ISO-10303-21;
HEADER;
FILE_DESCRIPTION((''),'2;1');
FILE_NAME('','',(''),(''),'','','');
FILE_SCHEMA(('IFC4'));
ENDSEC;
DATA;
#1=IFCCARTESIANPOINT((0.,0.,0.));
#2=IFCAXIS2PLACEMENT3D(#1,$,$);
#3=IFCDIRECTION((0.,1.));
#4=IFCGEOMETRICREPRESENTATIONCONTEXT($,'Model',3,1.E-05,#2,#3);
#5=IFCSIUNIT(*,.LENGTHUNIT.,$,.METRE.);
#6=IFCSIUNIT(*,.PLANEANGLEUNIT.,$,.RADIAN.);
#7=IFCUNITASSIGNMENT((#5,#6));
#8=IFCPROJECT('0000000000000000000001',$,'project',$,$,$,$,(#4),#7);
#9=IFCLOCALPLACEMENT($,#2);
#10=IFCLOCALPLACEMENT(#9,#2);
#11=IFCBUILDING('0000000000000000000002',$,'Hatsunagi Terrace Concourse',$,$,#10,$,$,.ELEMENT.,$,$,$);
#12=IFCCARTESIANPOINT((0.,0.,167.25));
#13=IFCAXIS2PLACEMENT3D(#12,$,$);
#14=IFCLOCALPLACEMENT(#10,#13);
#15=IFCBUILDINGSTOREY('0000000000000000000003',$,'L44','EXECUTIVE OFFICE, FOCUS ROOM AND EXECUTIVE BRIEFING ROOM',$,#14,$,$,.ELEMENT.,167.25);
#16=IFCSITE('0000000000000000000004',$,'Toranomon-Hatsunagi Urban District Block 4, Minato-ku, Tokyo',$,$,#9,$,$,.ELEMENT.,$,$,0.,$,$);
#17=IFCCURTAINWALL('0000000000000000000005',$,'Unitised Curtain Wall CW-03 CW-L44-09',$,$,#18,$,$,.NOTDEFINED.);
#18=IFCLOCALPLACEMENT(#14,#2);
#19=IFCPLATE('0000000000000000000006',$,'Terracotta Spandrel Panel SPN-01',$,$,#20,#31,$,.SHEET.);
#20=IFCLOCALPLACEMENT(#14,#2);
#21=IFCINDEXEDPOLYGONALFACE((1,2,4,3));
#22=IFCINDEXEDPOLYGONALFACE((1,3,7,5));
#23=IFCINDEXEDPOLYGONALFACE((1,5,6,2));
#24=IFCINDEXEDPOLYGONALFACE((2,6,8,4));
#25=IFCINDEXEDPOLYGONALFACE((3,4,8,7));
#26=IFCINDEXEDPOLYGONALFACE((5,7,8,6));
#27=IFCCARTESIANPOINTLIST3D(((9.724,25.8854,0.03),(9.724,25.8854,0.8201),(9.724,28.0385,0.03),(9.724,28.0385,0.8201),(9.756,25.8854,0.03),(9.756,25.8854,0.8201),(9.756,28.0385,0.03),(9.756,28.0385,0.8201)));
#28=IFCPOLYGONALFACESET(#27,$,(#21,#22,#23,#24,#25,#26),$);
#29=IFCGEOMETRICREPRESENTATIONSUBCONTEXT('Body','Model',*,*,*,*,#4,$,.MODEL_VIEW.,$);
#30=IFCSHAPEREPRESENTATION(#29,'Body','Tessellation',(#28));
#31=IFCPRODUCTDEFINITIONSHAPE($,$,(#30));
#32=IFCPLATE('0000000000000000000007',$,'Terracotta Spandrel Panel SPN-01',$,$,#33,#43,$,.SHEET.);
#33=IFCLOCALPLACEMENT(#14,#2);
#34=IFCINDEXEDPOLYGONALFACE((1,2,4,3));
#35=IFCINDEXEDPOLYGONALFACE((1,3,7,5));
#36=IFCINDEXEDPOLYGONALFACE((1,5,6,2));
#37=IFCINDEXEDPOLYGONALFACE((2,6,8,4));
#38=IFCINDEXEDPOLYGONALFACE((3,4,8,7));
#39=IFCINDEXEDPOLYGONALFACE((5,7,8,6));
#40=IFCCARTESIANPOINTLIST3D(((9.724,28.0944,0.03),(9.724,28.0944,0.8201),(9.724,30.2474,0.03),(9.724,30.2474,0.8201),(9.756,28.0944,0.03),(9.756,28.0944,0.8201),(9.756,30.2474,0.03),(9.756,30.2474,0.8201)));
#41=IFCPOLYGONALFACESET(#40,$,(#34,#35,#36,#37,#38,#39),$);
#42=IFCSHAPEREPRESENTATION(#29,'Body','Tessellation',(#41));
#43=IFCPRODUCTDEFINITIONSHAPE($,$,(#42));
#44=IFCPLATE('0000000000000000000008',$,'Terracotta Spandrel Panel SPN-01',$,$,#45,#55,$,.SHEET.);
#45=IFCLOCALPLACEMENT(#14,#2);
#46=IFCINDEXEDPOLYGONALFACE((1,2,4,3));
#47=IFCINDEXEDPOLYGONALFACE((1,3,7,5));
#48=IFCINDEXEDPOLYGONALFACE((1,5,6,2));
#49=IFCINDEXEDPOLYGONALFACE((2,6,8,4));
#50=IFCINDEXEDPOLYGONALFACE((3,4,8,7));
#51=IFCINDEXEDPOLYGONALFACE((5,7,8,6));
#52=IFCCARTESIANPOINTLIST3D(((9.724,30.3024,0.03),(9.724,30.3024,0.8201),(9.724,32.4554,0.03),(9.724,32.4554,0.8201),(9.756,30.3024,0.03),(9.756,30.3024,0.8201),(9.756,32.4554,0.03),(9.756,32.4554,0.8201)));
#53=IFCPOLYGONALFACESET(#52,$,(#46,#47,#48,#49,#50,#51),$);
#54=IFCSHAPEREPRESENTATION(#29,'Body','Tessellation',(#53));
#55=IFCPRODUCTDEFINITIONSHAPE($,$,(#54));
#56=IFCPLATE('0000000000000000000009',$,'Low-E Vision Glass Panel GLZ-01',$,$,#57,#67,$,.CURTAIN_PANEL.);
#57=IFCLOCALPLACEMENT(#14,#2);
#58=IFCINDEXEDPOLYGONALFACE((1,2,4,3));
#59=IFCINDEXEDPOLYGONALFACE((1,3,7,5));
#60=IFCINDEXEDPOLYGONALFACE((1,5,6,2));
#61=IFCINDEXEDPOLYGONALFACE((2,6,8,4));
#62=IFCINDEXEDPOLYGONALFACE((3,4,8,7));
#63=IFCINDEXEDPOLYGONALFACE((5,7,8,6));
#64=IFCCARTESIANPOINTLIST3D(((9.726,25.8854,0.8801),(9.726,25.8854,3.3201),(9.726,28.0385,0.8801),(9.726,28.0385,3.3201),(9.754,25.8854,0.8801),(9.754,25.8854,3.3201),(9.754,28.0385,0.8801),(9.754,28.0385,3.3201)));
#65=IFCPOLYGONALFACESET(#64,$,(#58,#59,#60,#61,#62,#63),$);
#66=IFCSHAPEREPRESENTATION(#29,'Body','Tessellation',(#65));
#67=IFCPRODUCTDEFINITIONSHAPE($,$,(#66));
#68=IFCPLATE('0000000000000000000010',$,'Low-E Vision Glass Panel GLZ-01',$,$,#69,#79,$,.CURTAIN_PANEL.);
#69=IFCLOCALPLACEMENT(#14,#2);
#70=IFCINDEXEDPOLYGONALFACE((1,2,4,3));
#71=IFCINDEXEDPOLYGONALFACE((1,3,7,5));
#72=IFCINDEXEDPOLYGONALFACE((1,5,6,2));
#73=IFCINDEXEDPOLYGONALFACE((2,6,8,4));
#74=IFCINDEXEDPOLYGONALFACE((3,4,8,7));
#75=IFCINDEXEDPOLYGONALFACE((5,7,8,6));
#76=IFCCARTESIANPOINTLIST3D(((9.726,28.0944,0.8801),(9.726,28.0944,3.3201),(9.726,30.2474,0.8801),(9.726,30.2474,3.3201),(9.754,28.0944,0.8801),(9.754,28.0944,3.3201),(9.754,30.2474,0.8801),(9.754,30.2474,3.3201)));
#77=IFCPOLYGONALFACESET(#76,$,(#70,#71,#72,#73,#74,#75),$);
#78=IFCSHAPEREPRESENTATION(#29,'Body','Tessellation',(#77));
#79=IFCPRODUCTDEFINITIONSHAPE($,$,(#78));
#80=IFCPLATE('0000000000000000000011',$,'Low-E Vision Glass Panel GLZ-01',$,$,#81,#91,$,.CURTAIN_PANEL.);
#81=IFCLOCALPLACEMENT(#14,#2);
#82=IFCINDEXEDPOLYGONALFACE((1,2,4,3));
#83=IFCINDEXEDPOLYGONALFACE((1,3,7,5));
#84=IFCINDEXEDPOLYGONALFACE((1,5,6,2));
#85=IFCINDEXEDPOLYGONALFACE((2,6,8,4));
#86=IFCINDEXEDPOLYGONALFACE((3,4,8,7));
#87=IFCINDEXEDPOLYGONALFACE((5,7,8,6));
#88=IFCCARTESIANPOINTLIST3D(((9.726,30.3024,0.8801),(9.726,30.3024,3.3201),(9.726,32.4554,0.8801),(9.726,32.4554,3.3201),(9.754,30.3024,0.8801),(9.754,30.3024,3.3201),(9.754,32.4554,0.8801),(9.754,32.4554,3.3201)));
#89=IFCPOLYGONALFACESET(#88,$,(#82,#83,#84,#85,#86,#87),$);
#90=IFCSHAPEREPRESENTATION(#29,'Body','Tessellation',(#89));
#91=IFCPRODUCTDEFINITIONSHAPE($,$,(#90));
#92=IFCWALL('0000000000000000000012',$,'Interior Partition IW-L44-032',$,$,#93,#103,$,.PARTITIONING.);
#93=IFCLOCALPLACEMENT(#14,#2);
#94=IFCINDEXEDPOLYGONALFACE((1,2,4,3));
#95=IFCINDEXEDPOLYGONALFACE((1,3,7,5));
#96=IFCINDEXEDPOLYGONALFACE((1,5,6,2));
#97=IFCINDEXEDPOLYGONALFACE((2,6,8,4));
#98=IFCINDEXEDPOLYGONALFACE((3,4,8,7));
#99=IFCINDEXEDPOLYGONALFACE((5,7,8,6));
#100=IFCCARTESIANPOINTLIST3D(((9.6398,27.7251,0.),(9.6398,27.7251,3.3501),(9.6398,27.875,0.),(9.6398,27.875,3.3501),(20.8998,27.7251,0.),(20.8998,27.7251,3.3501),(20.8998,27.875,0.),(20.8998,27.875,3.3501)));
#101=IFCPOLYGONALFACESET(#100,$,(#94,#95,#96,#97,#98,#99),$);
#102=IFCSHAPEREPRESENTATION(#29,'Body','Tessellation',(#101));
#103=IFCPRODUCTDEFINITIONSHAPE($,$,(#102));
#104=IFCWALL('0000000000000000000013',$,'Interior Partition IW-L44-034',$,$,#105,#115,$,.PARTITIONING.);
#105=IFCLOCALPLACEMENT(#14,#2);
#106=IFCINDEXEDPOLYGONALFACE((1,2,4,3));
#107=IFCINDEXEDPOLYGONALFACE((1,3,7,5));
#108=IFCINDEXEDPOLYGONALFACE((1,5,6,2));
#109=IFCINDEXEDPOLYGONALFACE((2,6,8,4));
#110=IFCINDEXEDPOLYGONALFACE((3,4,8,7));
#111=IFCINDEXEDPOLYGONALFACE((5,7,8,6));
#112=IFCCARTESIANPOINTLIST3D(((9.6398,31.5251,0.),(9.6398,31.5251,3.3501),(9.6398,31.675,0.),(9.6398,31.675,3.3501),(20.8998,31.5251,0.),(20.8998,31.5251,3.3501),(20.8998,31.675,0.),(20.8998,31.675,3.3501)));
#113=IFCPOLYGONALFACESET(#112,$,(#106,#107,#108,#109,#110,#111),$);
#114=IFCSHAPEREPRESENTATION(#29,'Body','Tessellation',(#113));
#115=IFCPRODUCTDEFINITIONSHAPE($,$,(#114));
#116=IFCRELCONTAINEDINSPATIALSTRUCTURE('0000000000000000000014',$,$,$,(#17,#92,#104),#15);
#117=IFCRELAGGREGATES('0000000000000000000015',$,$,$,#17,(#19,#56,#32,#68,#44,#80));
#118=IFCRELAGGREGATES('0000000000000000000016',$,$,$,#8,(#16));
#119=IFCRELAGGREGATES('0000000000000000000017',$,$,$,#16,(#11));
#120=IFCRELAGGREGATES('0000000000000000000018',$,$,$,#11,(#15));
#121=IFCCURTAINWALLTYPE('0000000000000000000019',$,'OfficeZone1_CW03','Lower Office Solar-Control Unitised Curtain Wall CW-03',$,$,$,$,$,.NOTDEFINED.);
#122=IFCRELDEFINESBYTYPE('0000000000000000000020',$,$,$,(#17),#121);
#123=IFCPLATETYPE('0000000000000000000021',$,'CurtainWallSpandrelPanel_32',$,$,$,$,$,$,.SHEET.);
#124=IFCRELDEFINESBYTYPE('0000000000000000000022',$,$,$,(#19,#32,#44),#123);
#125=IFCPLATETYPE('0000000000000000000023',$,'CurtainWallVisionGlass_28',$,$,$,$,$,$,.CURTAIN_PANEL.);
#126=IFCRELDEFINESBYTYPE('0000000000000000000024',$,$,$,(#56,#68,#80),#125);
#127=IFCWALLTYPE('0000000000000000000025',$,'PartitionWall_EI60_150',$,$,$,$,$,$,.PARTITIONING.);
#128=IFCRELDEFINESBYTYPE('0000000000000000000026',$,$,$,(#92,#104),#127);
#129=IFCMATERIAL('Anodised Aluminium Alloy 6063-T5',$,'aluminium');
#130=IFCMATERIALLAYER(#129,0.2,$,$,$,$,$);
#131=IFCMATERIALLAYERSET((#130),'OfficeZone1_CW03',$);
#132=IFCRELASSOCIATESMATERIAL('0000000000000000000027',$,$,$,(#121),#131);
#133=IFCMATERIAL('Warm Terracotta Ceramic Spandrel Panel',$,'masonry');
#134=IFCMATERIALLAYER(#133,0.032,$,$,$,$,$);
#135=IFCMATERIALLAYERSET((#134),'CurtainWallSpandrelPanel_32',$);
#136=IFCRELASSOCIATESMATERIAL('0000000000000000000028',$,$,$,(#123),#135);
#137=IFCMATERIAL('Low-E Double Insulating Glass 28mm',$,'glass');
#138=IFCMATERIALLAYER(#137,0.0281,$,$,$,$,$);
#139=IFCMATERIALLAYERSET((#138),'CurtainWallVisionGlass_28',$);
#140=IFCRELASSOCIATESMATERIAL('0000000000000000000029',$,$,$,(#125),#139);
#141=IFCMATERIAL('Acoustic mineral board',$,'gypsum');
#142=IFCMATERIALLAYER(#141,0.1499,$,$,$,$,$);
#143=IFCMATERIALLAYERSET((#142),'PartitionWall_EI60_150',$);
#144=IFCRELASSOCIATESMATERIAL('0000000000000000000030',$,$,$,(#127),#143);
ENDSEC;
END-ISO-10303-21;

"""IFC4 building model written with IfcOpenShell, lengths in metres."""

from ifc_helpers import new_model, si_unit, direction, frame, frame_2d, origin, origin_2d, place, context, subcontext, project, spatial, rectangle, extrude, material, layer, layer_set, type_object, element, aggregate, save


model = new_model("IFC4")

# Units and contexts
model_context = context("Model", 3, precision=1e-05, world=origin(), true_north=direction((0.0, 1.0)))
body_context = subcontext(model_context, "Body", "Model", "MODEL_VIEW")
ifc_project = project(units=[si_unit("LENGTHUNIT", "METRE"), si_unit("PLANEANGLEUNIT", "RADIAN")], contexts=[model_context])

# Site, building, storey
site_placement = place(None, origin())
site = spatial("IfcSite", under=ifc_project, at=site_placement, Name="Toranomon-Hatsunagi Urban District Block 4, Minato-ku, Tokyo", CompositionType="ELEMENT", RefElevation=0.0)
building_placement = place(site_placement, origin())
building = spatial("IfcBuilding", under=site, at=building_placement, Name="Hatsunagi Terrace Concourse", CompositionType="ELEMENT")
storey_placement = place(building_placement, frame((0.0, 0.0, 167.25)))
storey = spatial("IfcBuildingStorey", under=building, at=storey_placement, Name="L44", Description="EXECUTIVE OFFICE, FOCUS ROOM AND EXECUTIVE BRIEFING ROOM", CompositionType="ELEMENT", Elevation=167.25)

# Curtain wall
ifc_material_1 = material(Name="Anodised Aluminium Alloy 6063-T5", Category="aluminium")
ifc_layer_1 = layer(ifc_material_1, 0.2)
ifc_layer_set_1 = layer_set([ifc_layer_1], Name="OfficeZone1_CW03")
curtain_wall_type = type_object("IfcCurtainWallType", Name="OfficeZone1_CW03", Description="Lower Office Solar-Control Unitised Curtain Wall CW-03", PredefinedType="NOTDEFINED", material=ifc_layer_set_1)
curtain_wall_placement = place(storey_placement, origin())
curtain_wall = element("IfcCurtainWall", 1, at=curtain_wall_placement, inside=storey, type_object=curtain_wall_type, Name="Unitised Curtain Wall CW-03 CW-L44-09", PredefinedType="NOTDEFINED")

# Plates
ifc_material_2 = material(Name="Warm Terracotta Ceramic Spandrel Panel", Category="masonry")
ifc_layer_2 = layer(ifc_material_2, 0.032)
ifc_layer_set_2 = layer_set([ifc_layer_2], Name="CurtainWallSpandrelPanel_32")
plate_type_1 = type_object("IfcPlateType", Name="CurtainWallSpandrelPanel_32", PredefinedType="SHEET", material=ifc_layer_set_2)
plate_1_placement = place(storey_placement, frame((9.74, 26.9619, 0.03), z_axis=(0.0, 0.0, 1.0), x_axis=(0.0, 1.0, 0.0)))
plate_1 = element("IfcPlate", 2, at=plate_1_placement, type_object=plate_type_1, Name="Terracotta Spandrel Panel SPN-01", PredefinedType="SHEET", context=body_context, shape_type="SweptSolid", body=[
    extrude(rectangle(XDim=2.1531, YDim=0.032, at=origin_2d()), origin(), (0.0, 0.0, 1.0), 0.79),
])
plate_2_placement = place(storey_placement, frame((9.74, 29.1709, 0.03), z_axis=(0.0, 0.0, 1.0), x_axis=(0.0, 1.0, 0.0)))
plate_2 = element("IfcPlate", 3, at=plate_2_placement, type_object=plate_type_1, Name="Terracotta Spandrel Panel SPN-01", PredefinedType="SHEET", context=body_context, shape_type="SweptSolid", body=[
    extrude(rectangle(XDim=2.1531, YDim=0.032, at=origin_2d()), origin(), (0.0, 0.0, 1.0), 0.79),
])
plate_3_placement = place(storey_placement, frame((9.74, 31.3789, 0.03), z_axis=(0.0, 0.0, 1.0), x_axis=(0.0, 1.0, 0.0)))
plate_3 = element("IfcPlate", 4, at=plate_3_placement, type_object=plate_type_1, Name="Terracotta Spandrel Panel SPN-01", PredefinedType="SHEET", context=body_context, shape_type="SweptSolid", body=[
    extrude(rectangle(XDim=2.1531, YDim=0.032, at=origin_2d()), origin(), (0.0, 0.0, 1.0), 0.79),
])
ifc_material_3 = material(Name="Low-E Double Insulating Glass 28mm", Category="glass")
ifc_layer_3 = layer(ifc_material_3, 0.0281)
ifc_layer_set_3 = layer_set([ifc_layer_3], Name="CurtainWallVisionGlass_28")
plate_type_2 = type_object("IfcPlateType", Name="CurtainWallVisionGlass_28", PredefinedType="CURTAIN_PANEL", material=ifc_layer_set_3)
plate_4_placement = place(storey_placement, frame((9.74, 26.9619, 0.8801), z_axis=(0.0, 0.0, 1.0), x_axis=(0.0, 1.0, 0.0)))
plate_4 = element("IfcPlate", 5, at=plate_4_placement, type_object=plate_type_2, Name="Low-E Vision Glass Panel GLZ-01", PredefinedType="CURTAIN_PANEL", context=body_context, shape_type="SweptSolid", body=[
    extrude(rectangle(XDim=2.1531, YDim=0.0281, at=origin_2d()), origin(), (0.0, 0.0, 1.0), 2.4399),
])
plate_5_placement = place(storey_placement, frame((9.74, 29.1709, 0.8801), z_axis=(0.0, 0.0, 1.0), x_axis=(0.0, 1.0, 0.0)))
plate_5 = element("IfcPlate", 6, at=plate_5_placement, type_object=plate_type_2, Name="Low-E Vision Glass Panel GLZ-01", PredefinedType="CURTAIN_PANEL", context=body_context, shape_type="SweptSolid", body=[
    extrude(rectangle(XDim=2.1531, YDim=0.0281, at=origin_2d()), origin(), (0.0, 0.0, 1.0), 2.4399),
])
plate_6_placement = place(storey_placement, frame((9.74, 31.3789, 0.8801), z_axis=(0.0, 0.0, 1.0), x_axis=(0.0, 1.0, 0.0)))
plate_6 = element("IfcPlate", 7, at=plate_6_placement, type_object=plate_type_2, Name="Low-E Vision Glass Panel GLZ-01", PredefinedType="CURTAIN_PANEL", context=body_context, shape_type="SweptSolid", body=[
    extrude(rectangle(XDim=2.1531, YDim=0.0281, at=origin_2d()), origin(), (0.0, 0.0, 1.0), 2.4399),
])
aggregate(curtain_wall, [plate_1, plate_4, plate_2, plate_5, plate_3, plate_6])

# Walls
ifc_material_4 = material(Name="Acoustic mineral board", Category="gypsum")
ifc_layer_4 = layer(ifc_material_4, 0.1499)
ifc_layer_set_4 = layer_set([ifc_layer_4], Name="PartitionWall_EI60_150")
wall_type = type_object("IfcWallType", Name="PartitionWall_EI60_150", PredefinedType="PARTITIONING", material=ifc_layer_set_4)
for number, where, z_axis, x_axis, name in (
    (8, (9.6399, 27.8, 0.0), (0.0, 0.0, 1.0), (1.0, 0.0, 0.0), "Interior Partition IW-L44-032"),
    (9, (9.6399, 31.6001, 0.0), (0.0, 0.0, 1.0), (1.0, 0.0, 0.0), "Interior Partition IW-L44-034"),
):
    element("IfcWall", number, at=place(storey_placement, frame(where, z_axis=z_axis, x_axis=x_axis)), inside=storey, type_object=wall_type, Name=name, PredefinedType="PARTITIONING", context=body_context, shape_type="SweptSolid", body=[
        extrude(rectangle(XDim=11.26, YDim=0.1499, at=frame_2d((5.6299, 0.0))), origin(), (0.0, 0.0, 1.0), 3.3501),
    ])

save(model, "model.ifc")
